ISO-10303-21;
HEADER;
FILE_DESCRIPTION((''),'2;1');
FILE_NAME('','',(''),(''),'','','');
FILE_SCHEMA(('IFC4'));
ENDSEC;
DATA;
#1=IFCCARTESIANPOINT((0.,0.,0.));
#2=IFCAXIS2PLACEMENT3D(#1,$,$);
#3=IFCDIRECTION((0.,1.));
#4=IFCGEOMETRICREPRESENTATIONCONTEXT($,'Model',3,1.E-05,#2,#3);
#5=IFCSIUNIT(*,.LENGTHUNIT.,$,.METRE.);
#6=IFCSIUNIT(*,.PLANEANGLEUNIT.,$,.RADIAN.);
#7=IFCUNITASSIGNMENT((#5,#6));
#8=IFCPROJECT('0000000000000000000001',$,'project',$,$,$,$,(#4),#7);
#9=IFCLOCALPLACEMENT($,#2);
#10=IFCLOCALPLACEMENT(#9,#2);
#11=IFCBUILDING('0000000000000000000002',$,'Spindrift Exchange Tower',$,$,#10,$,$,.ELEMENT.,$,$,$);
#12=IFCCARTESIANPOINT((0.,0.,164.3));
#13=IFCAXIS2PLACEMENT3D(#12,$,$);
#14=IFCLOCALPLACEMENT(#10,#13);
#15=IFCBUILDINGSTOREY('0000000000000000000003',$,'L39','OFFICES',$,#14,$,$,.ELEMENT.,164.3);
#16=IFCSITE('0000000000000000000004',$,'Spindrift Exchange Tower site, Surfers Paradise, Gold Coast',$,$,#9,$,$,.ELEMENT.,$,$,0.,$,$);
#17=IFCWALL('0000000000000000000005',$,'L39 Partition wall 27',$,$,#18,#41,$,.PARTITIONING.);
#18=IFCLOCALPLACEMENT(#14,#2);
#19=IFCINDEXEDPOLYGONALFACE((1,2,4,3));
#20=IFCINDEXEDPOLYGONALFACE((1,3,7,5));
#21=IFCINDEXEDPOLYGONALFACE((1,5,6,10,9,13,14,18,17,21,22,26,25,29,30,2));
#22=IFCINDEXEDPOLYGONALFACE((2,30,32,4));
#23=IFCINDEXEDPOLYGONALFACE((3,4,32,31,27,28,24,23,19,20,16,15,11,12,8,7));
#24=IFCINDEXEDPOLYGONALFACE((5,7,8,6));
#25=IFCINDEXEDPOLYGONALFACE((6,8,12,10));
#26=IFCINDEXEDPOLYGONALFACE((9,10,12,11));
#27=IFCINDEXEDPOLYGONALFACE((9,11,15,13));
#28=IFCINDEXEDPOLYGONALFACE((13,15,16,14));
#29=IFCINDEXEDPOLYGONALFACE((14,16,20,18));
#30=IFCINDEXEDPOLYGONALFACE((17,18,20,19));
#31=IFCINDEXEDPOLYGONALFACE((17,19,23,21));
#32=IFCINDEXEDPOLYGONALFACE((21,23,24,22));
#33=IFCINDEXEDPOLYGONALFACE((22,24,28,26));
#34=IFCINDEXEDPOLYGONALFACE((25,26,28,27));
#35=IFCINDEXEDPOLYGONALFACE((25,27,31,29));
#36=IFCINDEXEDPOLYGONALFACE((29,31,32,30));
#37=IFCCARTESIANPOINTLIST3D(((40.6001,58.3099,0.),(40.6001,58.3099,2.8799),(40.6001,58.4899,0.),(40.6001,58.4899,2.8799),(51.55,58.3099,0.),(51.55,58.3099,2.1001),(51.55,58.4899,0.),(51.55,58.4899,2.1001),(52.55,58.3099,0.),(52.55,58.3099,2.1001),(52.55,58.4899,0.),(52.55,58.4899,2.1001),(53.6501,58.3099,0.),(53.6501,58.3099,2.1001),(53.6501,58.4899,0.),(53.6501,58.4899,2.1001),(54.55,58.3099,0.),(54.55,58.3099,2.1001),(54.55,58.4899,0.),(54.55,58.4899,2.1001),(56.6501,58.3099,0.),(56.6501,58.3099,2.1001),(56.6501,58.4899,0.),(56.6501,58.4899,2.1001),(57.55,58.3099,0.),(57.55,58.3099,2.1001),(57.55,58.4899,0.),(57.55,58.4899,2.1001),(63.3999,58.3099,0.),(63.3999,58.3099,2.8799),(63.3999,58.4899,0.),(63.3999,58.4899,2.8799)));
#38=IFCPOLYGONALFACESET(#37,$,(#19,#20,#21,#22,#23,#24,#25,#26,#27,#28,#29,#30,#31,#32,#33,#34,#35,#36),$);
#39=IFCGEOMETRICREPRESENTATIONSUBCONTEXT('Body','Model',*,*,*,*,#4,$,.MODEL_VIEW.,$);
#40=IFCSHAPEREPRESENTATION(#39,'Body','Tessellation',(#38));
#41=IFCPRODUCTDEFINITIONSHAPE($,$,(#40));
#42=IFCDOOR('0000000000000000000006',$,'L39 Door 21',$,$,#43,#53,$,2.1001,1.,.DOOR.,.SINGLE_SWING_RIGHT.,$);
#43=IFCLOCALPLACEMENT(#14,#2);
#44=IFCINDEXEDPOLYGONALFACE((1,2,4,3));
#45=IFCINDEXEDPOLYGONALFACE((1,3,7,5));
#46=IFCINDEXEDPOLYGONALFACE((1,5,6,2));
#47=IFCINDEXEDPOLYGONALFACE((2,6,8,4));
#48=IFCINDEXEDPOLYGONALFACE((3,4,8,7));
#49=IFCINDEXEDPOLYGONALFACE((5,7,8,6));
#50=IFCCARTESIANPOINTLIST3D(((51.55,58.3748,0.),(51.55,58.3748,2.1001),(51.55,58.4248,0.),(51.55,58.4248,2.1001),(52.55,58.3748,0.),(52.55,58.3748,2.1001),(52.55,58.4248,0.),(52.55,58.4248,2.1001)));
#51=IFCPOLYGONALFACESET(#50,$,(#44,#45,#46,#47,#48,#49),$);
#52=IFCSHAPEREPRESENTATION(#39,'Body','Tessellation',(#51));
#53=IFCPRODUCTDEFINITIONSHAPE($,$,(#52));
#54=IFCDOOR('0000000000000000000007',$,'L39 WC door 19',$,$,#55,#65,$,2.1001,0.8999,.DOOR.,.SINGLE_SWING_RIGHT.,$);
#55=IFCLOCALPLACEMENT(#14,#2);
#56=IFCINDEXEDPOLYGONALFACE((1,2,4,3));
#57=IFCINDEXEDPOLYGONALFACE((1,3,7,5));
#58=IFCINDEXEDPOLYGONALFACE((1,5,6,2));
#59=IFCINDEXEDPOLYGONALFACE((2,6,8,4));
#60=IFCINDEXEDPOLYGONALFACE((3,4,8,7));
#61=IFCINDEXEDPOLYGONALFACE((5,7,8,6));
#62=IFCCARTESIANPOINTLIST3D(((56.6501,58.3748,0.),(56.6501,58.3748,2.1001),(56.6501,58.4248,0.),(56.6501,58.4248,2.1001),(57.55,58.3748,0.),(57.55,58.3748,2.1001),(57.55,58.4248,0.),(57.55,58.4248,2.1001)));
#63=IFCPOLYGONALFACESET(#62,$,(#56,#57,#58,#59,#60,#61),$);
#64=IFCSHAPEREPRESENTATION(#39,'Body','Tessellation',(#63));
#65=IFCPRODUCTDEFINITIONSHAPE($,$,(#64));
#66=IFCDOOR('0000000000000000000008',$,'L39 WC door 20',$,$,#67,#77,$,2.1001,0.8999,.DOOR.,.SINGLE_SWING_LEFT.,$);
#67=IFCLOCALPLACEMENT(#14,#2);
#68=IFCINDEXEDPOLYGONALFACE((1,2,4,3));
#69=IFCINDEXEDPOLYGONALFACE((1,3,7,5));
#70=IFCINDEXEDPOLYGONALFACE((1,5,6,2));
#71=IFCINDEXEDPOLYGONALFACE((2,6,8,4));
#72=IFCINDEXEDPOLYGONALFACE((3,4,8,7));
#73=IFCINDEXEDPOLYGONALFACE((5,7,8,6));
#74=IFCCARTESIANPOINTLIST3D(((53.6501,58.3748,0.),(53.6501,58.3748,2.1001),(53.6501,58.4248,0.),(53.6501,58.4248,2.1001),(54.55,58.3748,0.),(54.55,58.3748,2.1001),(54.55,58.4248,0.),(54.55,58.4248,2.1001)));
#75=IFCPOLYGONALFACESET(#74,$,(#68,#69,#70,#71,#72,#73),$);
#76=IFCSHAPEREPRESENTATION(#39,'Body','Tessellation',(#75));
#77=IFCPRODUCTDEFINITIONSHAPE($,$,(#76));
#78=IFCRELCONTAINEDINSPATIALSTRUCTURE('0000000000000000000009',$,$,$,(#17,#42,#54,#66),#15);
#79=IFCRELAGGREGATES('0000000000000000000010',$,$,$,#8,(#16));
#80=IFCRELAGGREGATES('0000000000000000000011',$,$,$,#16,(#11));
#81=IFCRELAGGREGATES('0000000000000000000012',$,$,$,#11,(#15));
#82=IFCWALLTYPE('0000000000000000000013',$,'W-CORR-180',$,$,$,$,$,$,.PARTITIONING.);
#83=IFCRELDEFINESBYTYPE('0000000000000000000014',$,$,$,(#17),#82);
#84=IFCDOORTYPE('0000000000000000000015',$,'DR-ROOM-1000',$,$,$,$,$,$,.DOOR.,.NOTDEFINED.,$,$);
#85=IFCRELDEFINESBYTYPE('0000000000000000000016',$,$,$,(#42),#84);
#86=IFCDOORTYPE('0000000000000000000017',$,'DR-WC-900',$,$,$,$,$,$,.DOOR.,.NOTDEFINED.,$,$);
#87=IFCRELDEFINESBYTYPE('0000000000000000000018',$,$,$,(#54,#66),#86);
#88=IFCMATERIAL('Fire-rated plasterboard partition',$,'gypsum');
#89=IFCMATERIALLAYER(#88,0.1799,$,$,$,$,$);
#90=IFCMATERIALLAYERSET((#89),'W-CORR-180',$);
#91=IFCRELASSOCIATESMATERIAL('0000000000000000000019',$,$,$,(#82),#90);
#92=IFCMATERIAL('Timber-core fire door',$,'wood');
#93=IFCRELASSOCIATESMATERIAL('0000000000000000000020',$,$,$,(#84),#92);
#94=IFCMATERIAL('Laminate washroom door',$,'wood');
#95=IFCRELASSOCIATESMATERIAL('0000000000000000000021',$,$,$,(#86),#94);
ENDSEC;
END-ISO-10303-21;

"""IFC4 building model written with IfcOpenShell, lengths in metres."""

from ifc_helpers import new_model, si_unit, direction, frame, frame_2d, origin, place, context, subcontext, project, spatial, rectangle, extrude, source, transform, mapped, material, layer, layer_set, type_object, element, fill, save


model = new_model("IFC4")

# Units and contexts
model_context = context("Model", 3, precision=1e-05, world=origin(), true_north=direction((0.0, 1.0)))
body_context = subcontext(model_context, "Body", "Model", "MODEL_VIEW")
ifc_project = project(units=[si_unit("LENGTHUNIT", "METRE"), si_unit("PLANEANGLEUNIT", "RADIAN")], contexts=[model_context])

# Site, building, storey
site_placement = place(None, origin())
site = spatial("IfcSite", under=ifc_project, at=site_placement, Name="Spindrift Exchange Tower site, Surfers Paradise, Gold Coast", CompositionType="ELEMENT", RefElevation=0.0)
building_placement = place(site_placement, origin())
building = spatial("IfcBuilding", under=site, at=building_placement, Name="Spindrift Exchange Tower", CompositionType="ELEMENT")
storey_placement = place(building_placement, frame((0.0, 0.0, 164.3)))
storey = spatial("IfcBuildingStorey", under=building, at=storey_placement, Name="L39", Description="OFFICES", CompositionType="ELEMENT", Elevation=164.3)

# Shared definitions
ifc_material_1 = material(Name="Timber-core fire door", Category="wood")

# Wall, openings, doors
ifc_material_2 = material(Name="Fire-rated plasterboard partition", Category="gypsum")
ifc_layer_1 = layer(ifc_material_2, 0.1799)
ifc_layer_set_1 = layer_set([ifc_layer_1], Name="W-CORR-180")
wall_type_1 = type_object("IfcWallType", Name="W-CORR-180", PredefinedType="PARTITIONING", material=ifc_layer_set_1)
wall_1_placement = place(storey_placement, frame((40.6001, 58.3999, 0.0), z_axis=(0.0, 0.0, 1.0), x_axis=(1.0, 0.0, 0.0)))
wall_1 = element("IfcWall", 1, at=wall_1_placement, inside=storey, type_object=wall_type_1, Name="L39 Partition wall 27", PredefinedType="PARTITIONING", context=body_context, shape_type="SweptSolid", body=[
    extrude(rectangle(XDim=22.7998, YDim=0.1799, at=frame_2d((11.3999, 0.0))), origin(), (0.0, 0.0, 1.0), 2.8799),
])
opening_1_placement = place(wall_1_placement, frame((16.05, 0.0, 0.0)))
opening_1 = element("IfcOpeningElement", 2, at=opening_1_placement, cuts=wall_1, PredefinedType="OPENING", context=body_context, shape_type="SweptSolid", body=[
    extrude(rectangle(XDim=0.8999, YDim=2.1001, at=frame_2d((0.45, 1.05))), frame((0.0, 0.0999, 0.0), z_axis=(0.0, -1.0, 0.0), x_axis=(1.0, 0.0, 0.0)), (0.0, 0.0, 1.0), 0.2),
])
opening_2_placement = place(wall_1_placement, frame((13.05, 0.0, 0.0)))
opening_2 = element("IfcOpeningElement", 3, at=opening_2_placement, cuts=wall_1, PredefinedType="OPENING", context=body_context, shape_type="SweptSolid", body=[
    extrude(rectangle(XDim=0.8999, YDim=2.1001, at=frame_2d((0.45, 1.05))), frame((0.0, 0.0999, 0.0), z_axis=(0.0, -1.0, 0.0), x_axis=(1.0, 0.0, 0.0)), (0.0, 0.0, 1.0), 0.2),
])
opening_3_placement = place(wall_1_placement, frame((10.95, 0.0, 0.0)))
opening_3 = element("IfcOpeningElement", 4, at=opening_3_placement, cuts=wall_1, PredefinedType="OPENING", context=body_context, shape_type="SweptSolid", body=[
    extrude(rectangle(XDim=1.0, YDim=2.1001, at=frame_2d((0.5, 1.05))), frame((0.0, 0.0999, 0.0), z_axis=(0.0, -1.0, 0.0), x_axis=(1.0, 0.0, 0.0)), (0.0, 0.0, 1.0), 0.2),
])
door_type_1 = type_object("IfcDoorType", Name="DR-ROOM-1000", OperationType="NOTDEFINED", PredefinedType="DOOR", material=ifc_material_1)
shared_shape_1 = source(origin(), body_context, "Body", "SweptSolid", [
    extrude(rectangle(XDim=1.0, YDim=2.1001, at=frame_2d((0.5, 1.05))), frame((0.0, 0.0249, 0.0), z_axis=(0.0, -1.0, 0.0), x_axis=(1.0, 0.0, 0.0)), (0.0, 0.0, 1.0), 0.05),
])
door_1_placement = place(opening_3_placement, origin())
door_1 = element("IfcDoor", 5, at=door_1_placement, inside=storey, type_object=door_type_1, Name="L39 Door 21", OperationType="SINGLE_SWING_RIGHT", OverallHeight=2.1001, OverallWidth=1.0, PredefinedType="DOOR", context=body_context, shape_type="MappedRepresentation", body=[
    mapped(shared_shape_1, transform((0.0, 0.0, 0.0), scale=1.0)),
])
fill(opening_3, door_1)
ifc_material_3 = material(Name="Laminate washroom door", Category="wood")
door_type_2 = type_object("IfcDoorType", Name="DR-WC-900", OperationType="NOTDEFINED", PredefinedType="DOOR", material=ifc_material_3)
shared_shape_2 = source(origin(), body_context, "Body", "SweptSolid", [
    extrude(rectangle(XDim=0.8999, YDim=2.1001, at=frame_2d((0.45, 1.05))), frame((0.0, 0.0249, 0.0), z_axis=(0.0, -1.0, 0.0), x_axis=(1.0, 0.0, 0.0)), (0.0, 0.0, 1.0), 0.05),
])
door_2_placement = place(opening_1_placement, origin())
door_2 = element("IfcDoor", 6, at=door_2_placement, inside=storey, type_object=door_type_2, Name="L39 WC door 19", OperationType="SINGLE_SWING_RIGHT", OverallHeight=2.1001, OverallWidth=0.8999, PredefinedType="DOOR", context=body_context, shape_type="MappedRepresentation", body=[
    mapped(shared_shape_2, transform((0.0, 0.0, 0.0), scale=1.0)),
])
fill(opening_1, door_2)
door_3_placement = place(opening_2_placement, origin())
door_3 = element("IfcDoor", 7, at=door_3_placement, inside=storey, type_object=door_type_2, Name="L39 WC door 20", OperationType="SINGLE_SWING_LEFT", OverallHeight=2.1001, OverallWidth=0.8999, PredefinedType="DOOR", context=body_context, shape_type="MappedRepresentation", body=[
    mapped(shared_shape_2, transform((0.0, 0.0, 0.0), scale=1.0)),
])
fill(opening_2, door_3)

save(model, "model.ifc")
